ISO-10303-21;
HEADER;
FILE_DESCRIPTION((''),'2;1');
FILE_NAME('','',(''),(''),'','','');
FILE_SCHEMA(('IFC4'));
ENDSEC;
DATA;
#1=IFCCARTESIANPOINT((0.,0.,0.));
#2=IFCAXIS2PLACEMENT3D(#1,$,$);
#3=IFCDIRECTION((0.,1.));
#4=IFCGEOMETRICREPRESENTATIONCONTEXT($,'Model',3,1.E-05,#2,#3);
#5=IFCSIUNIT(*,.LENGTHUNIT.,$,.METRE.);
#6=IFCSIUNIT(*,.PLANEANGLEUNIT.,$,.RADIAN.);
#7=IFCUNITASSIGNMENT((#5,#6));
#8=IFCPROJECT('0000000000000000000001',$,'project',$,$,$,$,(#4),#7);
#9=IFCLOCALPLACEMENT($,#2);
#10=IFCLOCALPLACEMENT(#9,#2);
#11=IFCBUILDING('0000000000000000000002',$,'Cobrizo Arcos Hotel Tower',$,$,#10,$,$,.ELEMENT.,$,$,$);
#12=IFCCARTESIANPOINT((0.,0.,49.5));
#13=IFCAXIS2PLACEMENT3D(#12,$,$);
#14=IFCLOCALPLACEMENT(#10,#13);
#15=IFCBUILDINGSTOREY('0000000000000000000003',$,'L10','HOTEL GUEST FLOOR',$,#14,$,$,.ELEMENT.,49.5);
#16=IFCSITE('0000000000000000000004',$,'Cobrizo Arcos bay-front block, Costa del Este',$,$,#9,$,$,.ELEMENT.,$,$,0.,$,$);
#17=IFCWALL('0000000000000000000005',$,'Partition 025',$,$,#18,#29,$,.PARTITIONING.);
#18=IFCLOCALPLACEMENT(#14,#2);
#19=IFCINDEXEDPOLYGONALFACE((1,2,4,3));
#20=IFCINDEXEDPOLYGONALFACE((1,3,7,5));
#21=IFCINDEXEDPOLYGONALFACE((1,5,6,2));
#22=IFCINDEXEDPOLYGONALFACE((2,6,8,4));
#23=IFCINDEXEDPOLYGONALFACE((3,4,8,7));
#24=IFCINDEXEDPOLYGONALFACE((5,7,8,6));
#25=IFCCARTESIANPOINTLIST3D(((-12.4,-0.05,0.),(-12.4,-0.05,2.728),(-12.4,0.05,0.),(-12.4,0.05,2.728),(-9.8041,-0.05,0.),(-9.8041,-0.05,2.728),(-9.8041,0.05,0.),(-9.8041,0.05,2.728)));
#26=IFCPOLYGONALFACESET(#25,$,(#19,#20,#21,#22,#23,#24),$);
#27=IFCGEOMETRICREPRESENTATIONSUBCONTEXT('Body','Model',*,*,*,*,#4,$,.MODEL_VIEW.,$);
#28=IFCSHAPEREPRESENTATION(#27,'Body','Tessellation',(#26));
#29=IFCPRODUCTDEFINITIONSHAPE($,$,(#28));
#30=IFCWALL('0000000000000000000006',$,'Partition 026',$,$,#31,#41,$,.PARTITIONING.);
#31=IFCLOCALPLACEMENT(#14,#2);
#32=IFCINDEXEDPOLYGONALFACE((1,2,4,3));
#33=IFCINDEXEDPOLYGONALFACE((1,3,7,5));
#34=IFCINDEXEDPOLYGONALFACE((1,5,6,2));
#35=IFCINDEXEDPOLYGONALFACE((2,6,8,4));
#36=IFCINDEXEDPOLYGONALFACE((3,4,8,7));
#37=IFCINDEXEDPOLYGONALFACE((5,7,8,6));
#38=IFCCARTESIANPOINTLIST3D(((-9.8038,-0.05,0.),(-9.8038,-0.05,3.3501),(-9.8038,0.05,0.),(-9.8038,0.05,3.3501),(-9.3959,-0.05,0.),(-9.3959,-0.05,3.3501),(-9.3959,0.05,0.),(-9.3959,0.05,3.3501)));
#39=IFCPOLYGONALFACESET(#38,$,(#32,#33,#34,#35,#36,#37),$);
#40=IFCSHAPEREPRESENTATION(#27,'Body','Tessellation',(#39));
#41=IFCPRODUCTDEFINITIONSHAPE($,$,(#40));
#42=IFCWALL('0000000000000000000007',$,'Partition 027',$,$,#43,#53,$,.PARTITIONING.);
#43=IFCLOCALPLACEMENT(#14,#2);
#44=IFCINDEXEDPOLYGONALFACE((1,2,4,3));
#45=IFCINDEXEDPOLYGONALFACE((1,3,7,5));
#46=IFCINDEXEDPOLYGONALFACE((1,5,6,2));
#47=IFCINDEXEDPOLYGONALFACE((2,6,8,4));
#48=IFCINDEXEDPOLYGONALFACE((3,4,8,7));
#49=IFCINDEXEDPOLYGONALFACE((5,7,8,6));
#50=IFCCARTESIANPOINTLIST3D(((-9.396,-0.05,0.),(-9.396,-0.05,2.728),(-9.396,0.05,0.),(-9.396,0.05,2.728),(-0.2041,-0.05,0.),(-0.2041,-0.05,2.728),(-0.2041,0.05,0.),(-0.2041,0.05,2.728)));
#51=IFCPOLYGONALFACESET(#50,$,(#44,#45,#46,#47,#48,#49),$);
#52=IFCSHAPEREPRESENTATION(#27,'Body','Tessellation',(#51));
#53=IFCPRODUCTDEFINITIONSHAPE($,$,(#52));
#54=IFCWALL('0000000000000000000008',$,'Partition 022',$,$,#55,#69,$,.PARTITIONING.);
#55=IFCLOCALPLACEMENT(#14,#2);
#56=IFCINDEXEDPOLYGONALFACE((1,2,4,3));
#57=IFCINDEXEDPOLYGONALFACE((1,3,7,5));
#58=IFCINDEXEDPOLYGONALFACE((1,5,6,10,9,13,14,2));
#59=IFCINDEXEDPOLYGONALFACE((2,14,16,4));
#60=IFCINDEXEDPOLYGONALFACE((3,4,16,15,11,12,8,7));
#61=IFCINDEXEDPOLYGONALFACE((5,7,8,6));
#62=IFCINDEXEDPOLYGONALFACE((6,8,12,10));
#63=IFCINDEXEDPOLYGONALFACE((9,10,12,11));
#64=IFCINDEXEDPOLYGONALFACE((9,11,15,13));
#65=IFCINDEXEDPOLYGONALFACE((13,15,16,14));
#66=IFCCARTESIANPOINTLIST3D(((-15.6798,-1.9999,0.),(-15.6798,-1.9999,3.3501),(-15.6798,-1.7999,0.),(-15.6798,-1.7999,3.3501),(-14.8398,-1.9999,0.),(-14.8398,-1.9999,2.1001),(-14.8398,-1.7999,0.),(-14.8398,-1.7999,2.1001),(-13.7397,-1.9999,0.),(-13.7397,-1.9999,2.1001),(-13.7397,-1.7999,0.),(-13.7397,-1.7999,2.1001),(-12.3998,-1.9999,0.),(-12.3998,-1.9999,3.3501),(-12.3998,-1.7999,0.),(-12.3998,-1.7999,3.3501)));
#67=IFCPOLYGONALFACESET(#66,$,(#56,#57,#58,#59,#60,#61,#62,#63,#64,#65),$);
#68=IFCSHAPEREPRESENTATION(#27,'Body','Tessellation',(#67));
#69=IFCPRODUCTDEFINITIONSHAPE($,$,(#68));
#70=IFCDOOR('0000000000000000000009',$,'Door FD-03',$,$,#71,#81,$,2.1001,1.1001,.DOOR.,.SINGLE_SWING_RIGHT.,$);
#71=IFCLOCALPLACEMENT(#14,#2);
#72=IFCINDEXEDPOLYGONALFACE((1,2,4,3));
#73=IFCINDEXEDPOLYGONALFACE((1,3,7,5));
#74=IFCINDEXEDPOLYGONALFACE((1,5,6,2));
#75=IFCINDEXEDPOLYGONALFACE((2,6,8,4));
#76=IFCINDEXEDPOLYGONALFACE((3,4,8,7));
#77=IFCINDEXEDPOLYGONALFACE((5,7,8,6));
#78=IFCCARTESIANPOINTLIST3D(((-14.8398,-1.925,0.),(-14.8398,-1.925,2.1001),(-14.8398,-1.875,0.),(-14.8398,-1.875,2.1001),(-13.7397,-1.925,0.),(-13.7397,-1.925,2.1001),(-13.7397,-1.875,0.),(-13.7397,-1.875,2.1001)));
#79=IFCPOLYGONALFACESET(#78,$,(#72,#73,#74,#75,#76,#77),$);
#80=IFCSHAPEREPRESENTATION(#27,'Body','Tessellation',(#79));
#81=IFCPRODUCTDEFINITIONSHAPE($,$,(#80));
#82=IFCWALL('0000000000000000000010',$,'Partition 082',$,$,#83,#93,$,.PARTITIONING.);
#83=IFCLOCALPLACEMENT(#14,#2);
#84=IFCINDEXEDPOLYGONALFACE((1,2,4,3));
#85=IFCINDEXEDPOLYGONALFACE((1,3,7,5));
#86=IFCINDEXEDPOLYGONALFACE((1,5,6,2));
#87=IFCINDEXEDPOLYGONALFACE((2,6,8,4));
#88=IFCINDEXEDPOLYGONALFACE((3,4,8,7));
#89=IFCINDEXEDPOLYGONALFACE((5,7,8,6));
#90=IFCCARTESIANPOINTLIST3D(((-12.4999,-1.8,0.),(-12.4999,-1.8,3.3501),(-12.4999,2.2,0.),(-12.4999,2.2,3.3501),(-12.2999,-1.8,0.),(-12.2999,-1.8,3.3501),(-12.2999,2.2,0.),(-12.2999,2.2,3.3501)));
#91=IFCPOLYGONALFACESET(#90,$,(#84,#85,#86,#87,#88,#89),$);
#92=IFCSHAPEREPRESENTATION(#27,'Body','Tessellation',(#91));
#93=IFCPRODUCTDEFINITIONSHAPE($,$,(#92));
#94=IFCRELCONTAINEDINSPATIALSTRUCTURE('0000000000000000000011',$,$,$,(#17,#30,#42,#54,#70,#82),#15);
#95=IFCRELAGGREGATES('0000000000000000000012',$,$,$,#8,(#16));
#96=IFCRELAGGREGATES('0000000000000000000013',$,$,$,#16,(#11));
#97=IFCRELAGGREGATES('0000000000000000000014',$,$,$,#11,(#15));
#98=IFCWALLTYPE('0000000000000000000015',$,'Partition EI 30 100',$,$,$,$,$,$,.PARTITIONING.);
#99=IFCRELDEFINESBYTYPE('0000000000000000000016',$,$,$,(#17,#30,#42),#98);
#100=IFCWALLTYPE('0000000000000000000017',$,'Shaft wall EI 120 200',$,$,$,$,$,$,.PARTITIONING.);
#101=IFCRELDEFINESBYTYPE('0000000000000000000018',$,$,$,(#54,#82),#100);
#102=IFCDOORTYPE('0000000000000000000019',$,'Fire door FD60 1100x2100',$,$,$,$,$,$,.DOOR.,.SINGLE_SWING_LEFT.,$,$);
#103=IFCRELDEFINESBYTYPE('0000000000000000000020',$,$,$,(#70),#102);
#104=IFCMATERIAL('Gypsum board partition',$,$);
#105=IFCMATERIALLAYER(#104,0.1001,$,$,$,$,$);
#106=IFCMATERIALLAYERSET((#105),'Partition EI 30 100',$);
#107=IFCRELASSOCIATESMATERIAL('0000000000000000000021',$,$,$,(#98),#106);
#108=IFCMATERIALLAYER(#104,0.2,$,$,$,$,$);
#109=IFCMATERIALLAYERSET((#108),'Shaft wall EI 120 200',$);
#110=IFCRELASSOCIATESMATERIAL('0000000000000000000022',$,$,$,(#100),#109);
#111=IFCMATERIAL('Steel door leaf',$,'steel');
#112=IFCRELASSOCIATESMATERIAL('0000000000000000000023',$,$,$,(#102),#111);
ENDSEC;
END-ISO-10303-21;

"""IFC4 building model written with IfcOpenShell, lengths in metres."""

from ifc_helpers import new_model, si_unit, direction, frame, frame_2d, origin, place, context, subcontext, project, spatial, rectangle, extrude, material, layer, layer_set, type_object, element, fill, save


model = new_model("IFC4")

# Units and contexts
model_context = context("Model", 3, precision=1e-05, world=origin(), true_north=direction((0.0, 1.0)))
body_context = subcontext(model_context, "Body", "Model", "MODEL_VIEW")
ifc_project = project(units=[si_unit("LENGTHUNIT", "METRE"), si_unit("PLANEANGLEUNIT", "RADIAN")], contexts=[model_context])

# Site, building, storey
site_placement = place(None, origin())
site = spatial("IfcSite", under=ifc_project, at=site_placement, Name="Cobrizo Arcos bay-front block, Costa del Este", CompositionType="ELEMENT", RefElevation=0.0)
building_placement = place(site_placement, origin())
building = spatial("IfcBuilding", under=site, at=building_placement, Name="Cobrizo Arcos Hotel Tower", CompositionType="ELEMENT")
storey_placement = place(building_placement, frame((0.0, 0.0, 49.5)))
storey = spatial("IfcBuildingStorey", under=building, at=storey_placement, Name="L10", Description="HOTEL GUEST FLOOR", CompositionType="ELEMENT", Elevation=49.5)

# Walls
ifc_material_1 = material(Name="Gypsum board partition")
ifc_layer_1 = layer(ifc_material_1, 0.1001)
ifc_layer_set_1 = layer_set([ifc_layer_1], Name="Partition EI 30 100")
wall_type_1 = type_object("IfcWallType", Name="Partition EI 30 100", PredefinedType="PARTITIONING", material=ifc_layer_set_1)
wall_1_placement = place(storey_placement, frame((-12.3999, 0.0, 0.0), z_axis=(0.0, 0.0, 1.0), x_axis=(1.0, 0.0, 0.0)))
element("IfcWall", 1, at=wall_1_placement, inside=storey, type_object=wall_type_1, Name="Partition 025", PredefinedType="PARTITIONING", context=body_context, shape_type="SweptSolid", body=[
    extrude(rectangle(XDim=2.5959, YDim=0.1001, at=frame_2d((1.2979, 0.0))), origin(), (0.0, 0.0, 1.0), 2.728),
])
wall_2_placement = place(storey_placement, frame((-9.804, 0.0, 0.0), z_axis=(0.0, 0.0, 1.0), x_axis=(1.0, 0.0, 0.0)))
element("IfcWall", 2, at=wall_2_placement, inside=storey, type_object=wall_type_1, Name="Partition 026", PredefinedType="PARTITIONING", context=body_context, shape_type="SweptSolid", body=[
    extrude(rectangle(XDim=0.408, YDim=0.1001, at=frame_2d((0.2041, 0.0))), origin(), (0.0, 0.0, 1.0), 3.3501),
])
wall_3_placement = place(storey_placement, frame((-9.396, 0.0, 0.0), z_axis=(0.0, 0.0, 1.0), x_axis=(1.0, 0.0, 0.0)))
element("IfcWall", 3, at=wall_3_placement, inside=storey, type_object=wall_type_1, Name="Partition 027", PredefinedType="PARTITIONING", context=body_context, shape_type="SweptSolid", body=[
    extrude(rectangle(XDim=9.1919, YDim=0.1001, at=frame_2d((4.5959, 0.0))), origin(), (0.0, 0.0, 1.0), 2.728),
])

# Wall, opening, door
ifc_layer_2 = layer(ifc_material_1, 0.2)
ifc_layer_set_2 = layer_set([ifc_layer_2], Name="Shaft wall EI 120 200")
wall_type_2 = type_object("IfcWallType", Name="Shaft wall EI 120 200", PredefinedType="PARTITIONING", material=ifc_layer_set_2)
wall_4_placement = place(storey_placement, frame((-15.6799, -1.8999, 0.0), z_axis=(0.0, 0.0, 1.0), x_axis=(1.0, 0.0, 0.0)))
wall_4 = element("IfcWall", 4, at=wall_4_placement, inside=storey, type_object=wall_type_2, Name="Partition 022", PredefinedType="PARTITIONING", context=body_context, shape_type="SweptSolid", body=[
    extrude(rectangle(XDim=3.28, YDim=0.2, at=frame_2d((1.6401, 0.0))), origin(), (0.0, 0.0, 1.0), 3.3501),
])
opening_placement = place(wall_4_placement, frame((0.8401, 0.0, 0.0)))
opening = element("IfcOpeningElement", 5, at=opening_placement, cuts=wall_4, PredefinedType="OPENING", context=body_context, shape_type="SweptSolid", body=[
    extrude(rectangle(XDim=1.1001, YDim=2.1001, at=frame_2d((0.55, 1.05))), frame((0.0, 0.1121, 0.0), z_axis=(0.0, -1.0, 0.0), x_axis=(1.0, 0.0, 0.0)), (0.0, 0.0, 1.0), 0.2239),
])
ifc_material_2 = material(Name="Steel door leaf", Category="steel")
door_type = type_object("IfcDoorType", Name="Fire door FD60 1100x2100", OperationType="SINGLE_SWING_LEFT", PredefinedType="DOOR", material=ifc_material_2)
door_placement = place(opening_placement, origin())
door = element("IfcDoor", 6, at=door_placement, inside=storey, type_object=door_type, Name="Door FD-03", OperationType="SINGLE_SWING_RIGHT", OverallHeight=2.1001, OverallWidth=1.1001, PredefinedType="DOOR", context=body_context, shape_type="SweptSolid", body=[
    extrude(rectangle(XDim=1.1001, YDim=2.1001, at=frame_2d((0.55, 1.05))), frame((0.0, 0.0249, 0.0), z_axis=(0.0, -1.0, 0.0), x_axis=(1.0, 0.0, 0.0)), (0.0, 0.0, 1.0), 0.05),
])
fill(opening, door)

# Wall
wall_5_placement = place(storey_placement, frame((-12.3999, -1.8, 0.0), z_axis=(0.0, 0.0, 1.0), x_axis=(0.0, 1.0, 0.0)))
element("IfcWall", 7, at=wall_5_placement, inside=storey, type_object=wall_type_2, Name="Partition 082", PredefinedType="PARTITIONING", context=body_context, shape_type="SweptSolid", body=[
    extrude(rectangle(XDim=4.0, YDim=0.2, at=frame_2d((2.0, 0.0))), origin(), (0.0, 0.0, 1.0), 3.3501),
])

save(model, "model.ifc")
